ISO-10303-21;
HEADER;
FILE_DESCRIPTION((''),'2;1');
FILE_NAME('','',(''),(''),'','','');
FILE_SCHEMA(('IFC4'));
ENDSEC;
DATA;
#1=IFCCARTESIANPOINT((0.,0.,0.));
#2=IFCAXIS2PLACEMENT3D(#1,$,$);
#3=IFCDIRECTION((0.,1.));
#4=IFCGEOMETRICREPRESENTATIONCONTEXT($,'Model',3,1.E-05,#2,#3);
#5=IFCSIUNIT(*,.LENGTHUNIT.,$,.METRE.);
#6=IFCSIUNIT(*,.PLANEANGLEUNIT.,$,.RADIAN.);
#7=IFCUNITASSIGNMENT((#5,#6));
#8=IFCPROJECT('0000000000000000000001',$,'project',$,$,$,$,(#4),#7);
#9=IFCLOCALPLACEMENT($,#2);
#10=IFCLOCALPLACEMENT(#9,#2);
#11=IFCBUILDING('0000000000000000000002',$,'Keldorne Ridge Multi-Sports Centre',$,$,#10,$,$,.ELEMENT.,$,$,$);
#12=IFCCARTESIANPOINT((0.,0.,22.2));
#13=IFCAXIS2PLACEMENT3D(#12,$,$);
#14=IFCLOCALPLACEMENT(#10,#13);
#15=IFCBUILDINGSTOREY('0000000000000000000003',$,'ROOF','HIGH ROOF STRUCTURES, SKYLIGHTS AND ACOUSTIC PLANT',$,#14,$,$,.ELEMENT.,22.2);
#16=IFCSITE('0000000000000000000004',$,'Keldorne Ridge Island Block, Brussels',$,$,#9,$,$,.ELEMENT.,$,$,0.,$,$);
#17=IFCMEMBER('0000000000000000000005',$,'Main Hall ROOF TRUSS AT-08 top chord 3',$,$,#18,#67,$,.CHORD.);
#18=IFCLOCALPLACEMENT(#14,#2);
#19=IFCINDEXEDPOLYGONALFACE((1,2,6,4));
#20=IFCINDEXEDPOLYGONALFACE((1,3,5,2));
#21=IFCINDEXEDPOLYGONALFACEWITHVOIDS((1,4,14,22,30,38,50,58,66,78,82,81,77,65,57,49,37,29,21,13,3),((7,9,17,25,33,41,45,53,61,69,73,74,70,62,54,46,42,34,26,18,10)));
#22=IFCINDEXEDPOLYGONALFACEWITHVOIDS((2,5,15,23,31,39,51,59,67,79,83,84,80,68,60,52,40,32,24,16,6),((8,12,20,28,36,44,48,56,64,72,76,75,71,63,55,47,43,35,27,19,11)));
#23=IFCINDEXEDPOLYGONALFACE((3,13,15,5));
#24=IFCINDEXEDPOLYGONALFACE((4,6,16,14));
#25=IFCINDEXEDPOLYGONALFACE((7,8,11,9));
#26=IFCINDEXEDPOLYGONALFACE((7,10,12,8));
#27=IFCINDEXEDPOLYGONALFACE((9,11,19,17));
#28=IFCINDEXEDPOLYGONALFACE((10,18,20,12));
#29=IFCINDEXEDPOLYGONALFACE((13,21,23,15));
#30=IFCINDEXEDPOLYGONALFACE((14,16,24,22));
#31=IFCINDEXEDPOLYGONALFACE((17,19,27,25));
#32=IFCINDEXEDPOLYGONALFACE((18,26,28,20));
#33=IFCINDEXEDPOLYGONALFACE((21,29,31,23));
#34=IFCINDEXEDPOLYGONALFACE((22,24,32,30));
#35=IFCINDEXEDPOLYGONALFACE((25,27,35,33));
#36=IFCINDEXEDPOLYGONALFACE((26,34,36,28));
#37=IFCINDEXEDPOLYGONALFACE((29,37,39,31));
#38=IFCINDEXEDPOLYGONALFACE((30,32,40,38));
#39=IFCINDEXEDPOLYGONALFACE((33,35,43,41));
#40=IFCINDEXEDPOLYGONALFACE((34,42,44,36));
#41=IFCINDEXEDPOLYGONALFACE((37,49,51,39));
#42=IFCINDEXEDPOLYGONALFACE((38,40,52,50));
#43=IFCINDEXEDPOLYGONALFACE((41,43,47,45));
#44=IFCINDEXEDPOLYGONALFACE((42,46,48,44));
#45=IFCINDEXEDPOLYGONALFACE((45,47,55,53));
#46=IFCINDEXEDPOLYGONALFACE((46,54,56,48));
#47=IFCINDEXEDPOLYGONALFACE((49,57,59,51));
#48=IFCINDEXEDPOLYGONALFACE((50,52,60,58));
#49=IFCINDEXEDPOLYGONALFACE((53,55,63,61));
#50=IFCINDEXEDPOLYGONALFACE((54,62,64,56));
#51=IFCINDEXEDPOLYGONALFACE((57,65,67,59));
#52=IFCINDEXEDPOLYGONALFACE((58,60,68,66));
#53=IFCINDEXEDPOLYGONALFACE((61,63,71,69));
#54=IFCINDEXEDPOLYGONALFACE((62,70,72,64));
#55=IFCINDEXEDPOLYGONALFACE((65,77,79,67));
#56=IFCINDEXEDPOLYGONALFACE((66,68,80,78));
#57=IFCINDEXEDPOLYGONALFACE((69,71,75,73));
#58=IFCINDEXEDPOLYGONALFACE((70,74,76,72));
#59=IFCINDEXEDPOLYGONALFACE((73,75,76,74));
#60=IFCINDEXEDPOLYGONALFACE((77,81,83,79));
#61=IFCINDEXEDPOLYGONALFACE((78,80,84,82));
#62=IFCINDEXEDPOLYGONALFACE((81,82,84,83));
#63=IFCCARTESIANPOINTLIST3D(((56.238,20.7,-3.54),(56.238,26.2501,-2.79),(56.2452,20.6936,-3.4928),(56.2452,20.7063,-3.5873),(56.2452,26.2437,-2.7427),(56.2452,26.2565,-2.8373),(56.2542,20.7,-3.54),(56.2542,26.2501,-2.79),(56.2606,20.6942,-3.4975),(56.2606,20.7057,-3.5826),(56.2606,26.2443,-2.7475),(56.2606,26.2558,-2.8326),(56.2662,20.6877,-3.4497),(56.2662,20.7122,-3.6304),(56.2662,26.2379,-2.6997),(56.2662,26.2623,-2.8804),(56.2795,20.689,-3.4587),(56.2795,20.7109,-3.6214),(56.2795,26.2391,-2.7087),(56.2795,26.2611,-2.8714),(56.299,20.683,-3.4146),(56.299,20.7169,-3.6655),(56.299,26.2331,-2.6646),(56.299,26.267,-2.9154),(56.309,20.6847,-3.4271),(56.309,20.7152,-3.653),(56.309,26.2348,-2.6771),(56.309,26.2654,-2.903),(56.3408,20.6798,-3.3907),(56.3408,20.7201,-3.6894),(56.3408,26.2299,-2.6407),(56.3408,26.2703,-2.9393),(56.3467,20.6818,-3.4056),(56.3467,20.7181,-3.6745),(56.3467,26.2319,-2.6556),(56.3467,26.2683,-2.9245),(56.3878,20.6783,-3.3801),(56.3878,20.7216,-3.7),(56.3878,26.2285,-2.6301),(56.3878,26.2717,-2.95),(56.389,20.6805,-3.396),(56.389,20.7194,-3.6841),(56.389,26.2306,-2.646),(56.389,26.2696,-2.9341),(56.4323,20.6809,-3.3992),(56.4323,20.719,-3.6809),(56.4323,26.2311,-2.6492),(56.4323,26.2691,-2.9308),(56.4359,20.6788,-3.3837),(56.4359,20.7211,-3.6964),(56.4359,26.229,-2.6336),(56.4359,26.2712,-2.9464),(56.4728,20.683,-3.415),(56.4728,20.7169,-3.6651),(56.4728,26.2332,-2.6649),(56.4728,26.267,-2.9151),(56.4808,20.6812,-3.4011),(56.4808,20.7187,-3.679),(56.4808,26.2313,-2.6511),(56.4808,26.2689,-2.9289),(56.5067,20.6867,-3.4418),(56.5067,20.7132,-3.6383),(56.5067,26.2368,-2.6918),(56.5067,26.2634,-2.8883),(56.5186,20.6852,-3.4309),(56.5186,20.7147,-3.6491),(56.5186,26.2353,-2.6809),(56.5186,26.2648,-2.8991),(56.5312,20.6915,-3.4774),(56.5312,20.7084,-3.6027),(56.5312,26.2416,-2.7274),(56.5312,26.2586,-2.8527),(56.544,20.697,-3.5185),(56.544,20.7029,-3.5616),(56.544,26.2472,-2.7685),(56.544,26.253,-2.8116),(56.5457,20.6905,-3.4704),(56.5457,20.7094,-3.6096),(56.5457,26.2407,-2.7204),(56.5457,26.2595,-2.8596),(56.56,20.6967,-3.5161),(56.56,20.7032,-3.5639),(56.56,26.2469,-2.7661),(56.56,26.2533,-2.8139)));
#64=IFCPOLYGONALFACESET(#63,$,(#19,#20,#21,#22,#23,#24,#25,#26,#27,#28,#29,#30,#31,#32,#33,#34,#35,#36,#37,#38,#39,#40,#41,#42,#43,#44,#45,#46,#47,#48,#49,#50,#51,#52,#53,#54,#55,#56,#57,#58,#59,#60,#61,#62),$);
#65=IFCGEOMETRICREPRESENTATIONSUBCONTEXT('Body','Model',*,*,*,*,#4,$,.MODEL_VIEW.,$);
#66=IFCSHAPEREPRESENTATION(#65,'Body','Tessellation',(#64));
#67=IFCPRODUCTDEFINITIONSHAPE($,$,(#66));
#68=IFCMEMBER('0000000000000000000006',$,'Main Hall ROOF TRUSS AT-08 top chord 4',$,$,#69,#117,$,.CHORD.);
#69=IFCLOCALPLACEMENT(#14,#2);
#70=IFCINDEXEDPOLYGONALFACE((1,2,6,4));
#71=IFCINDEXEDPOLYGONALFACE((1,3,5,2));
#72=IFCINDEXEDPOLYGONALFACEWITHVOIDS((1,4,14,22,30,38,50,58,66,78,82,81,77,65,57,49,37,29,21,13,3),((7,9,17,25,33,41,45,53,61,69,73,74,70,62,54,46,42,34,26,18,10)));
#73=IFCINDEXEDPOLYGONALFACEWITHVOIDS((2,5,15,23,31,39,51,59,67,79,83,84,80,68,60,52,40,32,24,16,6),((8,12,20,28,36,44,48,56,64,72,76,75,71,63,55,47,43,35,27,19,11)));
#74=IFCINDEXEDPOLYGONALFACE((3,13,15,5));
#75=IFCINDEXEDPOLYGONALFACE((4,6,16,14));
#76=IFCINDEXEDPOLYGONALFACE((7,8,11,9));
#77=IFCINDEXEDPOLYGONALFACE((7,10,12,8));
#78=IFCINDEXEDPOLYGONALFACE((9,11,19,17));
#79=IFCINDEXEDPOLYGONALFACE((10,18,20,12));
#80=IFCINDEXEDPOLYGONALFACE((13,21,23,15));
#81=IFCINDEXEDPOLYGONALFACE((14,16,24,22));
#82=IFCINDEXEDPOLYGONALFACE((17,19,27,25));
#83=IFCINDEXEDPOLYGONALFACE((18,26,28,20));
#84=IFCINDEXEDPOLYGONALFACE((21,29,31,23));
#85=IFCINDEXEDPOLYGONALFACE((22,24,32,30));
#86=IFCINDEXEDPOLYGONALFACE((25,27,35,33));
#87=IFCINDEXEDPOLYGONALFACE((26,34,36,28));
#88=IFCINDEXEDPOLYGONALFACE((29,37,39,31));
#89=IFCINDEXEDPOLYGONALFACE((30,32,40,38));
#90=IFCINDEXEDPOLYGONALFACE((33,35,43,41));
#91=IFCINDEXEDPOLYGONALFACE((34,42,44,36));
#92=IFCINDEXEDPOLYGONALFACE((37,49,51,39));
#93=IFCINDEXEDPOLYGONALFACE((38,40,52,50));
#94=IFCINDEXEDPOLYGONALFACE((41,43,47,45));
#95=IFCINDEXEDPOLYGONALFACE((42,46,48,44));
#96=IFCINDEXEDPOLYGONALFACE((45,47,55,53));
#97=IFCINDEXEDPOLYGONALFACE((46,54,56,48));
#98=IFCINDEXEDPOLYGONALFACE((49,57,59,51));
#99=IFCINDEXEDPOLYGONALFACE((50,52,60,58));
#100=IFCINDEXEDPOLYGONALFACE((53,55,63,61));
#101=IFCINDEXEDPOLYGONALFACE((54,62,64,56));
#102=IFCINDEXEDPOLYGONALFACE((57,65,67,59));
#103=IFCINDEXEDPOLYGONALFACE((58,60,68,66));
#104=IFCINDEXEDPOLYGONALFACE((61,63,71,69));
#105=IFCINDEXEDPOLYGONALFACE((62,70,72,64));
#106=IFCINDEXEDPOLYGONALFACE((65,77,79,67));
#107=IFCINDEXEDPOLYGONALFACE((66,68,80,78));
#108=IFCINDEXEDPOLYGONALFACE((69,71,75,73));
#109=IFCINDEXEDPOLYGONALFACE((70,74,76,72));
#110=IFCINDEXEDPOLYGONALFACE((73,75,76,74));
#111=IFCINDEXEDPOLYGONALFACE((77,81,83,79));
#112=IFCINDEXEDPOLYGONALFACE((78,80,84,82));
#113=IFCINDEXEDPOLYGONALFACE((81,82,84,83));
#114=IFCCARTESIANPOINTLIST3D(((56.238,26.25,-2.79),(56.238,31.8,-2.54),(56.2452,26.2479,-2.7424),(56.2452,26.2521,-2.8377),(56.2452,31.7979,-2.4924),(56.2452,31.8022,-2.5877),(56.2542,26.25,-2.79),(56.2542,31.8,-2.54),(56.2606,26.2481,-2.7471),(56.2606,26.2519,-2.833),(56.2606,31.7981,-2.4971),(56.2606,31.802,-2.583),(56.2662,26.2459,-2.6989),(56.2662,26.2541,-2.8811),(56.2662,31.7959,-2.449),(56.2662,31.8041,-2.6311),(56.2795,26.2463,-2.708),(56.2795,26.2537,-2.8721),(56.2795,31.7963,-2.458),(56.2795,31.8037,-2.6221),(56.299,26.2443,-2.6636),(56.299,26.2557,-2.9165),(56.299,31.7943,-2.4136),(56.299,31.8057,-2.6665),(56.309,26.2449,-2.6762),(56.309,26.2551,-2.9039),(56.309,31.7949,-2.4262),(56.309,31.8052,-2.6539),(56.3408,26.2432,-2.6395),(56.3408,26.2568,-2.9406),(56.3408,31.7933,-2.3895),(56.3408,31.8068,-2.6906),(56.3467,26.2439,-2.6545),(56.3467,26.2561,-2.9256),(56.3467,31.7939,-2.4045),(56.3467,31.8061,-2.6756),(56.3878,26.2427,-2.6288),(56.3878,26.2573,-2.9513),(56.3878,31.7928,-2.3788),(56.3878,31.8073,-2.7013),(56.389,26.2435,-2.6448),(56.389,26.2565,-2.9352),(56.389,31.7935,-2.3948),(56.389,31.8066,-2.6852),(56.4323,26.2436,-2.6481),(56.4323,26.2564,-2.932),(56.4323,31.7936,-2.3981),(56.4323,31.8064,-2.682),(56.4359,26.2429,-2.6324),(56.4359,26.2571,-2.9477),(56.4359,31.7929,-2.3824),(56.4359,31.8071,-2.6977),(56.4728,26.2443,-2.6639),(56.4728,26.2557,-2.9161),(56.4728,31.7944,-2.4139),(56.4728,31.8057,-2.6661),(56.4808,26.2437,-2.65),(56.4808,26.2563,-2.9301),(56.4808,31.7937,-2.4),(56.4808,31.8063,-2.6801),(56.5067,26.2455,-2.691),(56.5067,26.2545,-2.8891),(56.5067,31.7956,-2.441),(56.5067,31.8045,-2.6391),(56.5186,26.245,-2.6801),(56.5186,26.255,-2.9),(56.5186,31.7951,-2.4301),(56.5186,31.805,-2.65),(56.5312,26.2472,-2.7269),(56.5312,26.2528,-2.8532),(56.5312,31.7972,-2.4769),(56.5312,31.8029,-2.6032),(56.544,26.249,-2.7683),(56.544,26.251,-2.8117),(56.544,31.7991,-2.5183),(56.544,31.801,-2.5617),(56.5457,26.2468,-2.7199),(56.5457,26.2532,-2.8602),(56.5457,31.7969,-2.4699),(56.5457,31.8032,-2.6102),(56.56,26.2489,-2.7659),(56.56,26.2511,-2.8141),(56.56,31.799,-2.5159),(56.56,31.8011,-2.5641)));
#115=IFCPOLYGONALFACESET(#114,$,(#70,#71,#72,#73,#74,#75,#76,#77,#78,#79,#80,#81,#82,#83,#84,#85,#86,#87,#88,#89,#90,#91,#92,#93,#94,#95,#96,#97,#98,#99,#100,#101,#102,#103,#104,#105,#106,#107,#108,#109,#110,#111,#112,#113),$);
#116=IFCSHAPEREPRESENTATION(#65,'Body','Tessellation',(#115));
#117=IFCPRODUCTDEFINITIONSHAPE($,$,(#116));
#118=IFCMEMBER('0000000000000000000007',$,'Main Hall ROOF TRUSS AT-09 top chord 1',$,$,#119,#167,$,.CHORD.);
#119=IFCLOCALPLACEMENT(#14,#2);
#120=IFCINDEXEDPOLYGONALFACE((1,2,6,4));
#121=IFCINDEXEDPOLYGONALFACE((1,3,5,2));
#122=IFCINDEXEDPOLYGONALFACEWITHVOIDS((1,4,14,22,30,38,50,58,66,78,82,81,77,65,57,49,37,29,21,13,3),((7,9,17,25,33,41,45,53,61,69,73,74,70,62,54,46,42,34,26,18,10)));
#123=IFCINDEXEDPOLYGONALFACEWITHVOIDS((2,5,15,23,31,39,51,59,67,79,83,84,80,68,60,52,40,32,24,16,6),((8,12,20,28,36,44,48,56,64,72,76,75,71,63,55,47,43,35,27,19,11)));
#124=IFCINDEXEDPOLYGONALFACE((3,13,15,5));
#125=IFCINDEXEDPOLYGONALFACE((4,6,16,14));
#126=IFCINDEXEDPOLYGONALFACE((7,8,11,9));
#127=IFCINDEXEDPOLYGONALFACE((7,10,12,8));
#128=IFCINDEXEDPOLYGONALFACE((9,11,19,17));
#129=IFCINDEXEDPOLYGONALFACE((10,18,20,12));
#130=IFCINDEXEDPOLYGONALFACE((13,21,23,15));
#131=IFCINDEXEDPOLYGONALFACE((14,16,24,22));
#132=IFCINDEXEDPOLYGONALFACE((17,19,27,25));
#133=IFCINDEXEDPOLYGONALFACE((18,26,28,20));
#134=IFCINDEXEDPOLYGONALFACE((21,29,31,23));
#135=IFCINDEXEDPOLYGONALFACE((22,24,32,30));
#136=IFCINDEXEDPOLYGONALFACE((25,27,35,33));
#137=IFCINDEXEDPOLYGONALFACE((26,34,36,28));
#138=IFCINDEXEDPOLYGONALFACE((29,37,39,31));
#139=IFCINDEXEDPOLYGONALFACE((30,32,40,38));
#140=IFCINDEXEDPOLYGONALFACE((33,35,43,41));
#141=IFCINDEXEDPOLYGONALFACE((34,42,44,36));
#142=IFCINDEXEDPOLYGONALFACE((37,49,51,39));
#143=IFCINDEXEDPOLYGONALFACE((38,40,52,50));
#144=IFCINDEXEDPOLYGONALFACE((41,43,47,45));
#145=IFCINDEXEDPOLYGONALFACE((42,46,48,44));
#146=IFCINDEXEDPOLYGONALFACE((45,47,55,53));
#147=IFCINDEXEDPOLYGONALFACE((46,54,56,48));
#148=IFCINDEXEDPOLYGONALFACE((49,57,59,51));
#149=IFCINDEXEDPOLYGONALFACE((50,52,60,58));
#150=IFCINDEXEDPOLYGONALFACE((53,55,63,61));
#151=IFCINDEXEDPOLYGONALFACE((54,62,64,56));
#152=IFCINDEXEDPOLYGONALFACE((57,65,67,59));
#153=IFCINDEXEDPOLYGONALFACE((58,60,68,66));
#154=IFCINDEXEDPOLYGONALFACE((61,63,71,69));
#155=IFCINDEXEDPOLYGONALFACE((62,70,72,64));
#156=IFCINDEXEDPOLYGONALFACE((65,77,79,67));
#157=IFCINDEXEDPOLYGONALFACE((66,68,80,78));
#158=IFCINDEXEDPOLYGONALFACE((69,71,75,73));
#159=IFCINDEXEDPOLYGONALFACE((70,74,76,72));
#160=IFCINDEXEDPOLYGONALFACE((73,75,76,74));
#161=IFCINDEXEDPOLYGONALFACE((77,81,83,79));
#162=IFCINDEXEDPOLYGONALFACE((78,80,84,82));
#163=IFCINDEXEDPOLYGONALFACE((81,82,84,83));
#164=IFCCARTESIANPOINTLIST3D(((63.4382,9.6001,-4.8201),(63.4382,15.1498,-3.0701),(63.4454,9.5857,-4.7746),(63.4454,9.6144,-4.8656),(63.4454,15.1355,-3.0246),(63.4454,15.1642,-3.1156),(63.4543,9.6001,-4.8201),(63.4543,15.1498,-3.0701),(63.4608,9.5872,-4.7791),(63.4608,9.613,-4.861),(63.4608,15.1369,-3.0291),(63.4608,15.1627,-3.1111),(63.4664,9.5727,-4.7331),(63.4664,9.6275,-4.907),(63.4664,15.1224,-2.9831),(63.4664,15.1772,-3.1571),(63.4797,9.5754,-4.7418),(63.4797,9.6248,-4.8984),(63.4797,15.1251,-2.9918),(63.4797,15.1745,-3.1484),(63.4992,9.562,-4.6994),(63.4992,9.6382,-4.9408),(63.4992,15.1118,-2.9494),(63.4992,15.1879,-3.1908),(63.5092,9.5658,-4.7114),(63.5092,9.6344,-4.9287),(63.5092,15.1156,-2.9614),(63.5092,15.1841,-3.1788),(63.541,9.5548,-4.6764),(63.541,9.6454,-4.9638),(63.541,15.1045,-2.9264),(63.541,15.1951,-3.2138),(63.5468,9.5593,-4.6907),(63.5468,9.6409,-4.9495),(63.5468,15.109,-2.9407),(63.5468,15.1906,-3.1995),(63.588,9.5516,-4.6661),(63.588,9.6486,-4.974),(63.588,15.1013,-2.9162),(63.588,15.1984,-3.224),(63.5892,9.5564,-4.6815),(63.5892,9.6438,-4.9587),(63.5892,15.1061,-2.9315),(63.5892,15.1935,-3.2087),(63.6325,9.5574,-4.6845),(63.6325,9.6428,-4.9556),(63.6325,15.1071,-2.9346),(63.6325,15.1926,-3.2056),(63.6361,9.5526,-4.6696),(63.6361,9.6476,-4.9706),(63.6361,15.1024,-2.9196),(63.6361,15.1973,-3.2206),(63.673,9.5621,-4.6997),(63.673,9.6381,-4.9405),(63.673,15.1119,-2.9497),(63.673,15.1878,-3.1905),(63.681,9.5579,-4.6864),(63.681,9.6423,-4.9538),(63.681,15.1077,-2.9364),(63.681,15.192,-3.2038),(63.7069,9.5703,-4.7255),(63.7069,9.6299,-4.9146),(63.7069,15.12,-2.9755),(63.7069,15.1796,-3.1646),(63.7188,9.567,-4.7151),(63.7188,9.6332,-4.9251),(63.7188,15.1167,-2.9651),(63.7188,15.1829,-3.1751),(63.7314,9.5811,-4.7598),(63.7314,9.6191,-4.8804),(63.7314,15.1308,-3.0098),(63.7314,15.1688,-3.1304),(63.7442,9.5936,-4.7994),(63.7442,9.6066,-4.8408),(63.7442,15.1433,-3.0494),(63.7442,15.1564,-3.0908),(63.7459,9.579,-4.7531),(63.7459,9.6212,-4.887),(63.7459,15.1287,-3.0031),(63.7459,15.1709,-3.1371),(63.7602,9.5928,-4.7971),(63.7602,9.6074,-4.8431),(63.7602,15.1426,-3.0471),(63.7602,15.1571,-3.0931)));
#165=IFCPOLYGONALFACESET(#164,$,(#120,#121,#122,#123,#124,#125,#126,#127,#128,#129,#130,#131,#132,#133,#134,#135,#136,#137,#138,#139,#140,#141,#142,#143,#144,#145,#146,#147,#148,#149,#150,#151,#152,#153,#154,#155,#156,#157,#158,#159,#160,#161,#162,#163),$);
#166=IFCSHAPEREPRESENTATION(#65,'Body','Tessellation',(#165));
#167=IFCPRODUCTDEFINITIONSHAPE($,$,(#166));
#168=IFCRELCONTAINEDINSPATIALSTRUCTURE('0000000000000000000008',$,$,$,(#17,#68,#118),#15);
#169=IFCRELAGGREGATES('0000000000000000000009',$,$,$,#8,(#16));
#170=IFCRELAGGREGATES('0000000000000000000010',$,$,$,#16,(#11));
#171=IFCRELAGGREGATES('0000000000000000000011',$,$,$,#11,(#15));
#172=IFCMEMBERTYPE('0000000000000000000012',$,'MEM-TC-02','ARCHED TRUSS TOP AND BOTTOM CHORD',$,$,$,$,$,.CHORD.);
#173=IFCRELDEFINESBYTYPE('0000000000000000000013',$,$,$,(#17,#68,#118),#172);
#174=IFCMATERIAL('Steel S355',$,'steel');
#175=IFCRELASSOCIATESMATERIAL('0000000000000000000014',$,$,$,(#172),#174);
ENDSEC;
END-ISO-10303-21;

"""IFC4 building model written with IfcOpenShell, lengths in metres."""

from ifc_helpers import new_model, si_unit, direction, frame, origin, origin_2d, place, context, subcontext, project, spatial, hollow_circle, extrude, material, material_profile, profile_set, type_object, element, save


model = new_model("IFC4")

# Units and contexts
model_context = context("Model", 3, precision=1e-05, world=origin(), true_north=direction((0.0, 1.0)))
body_context = subcontext(model_context, "Body", "Model", "MODEL_VIEW")
ifc_project = project(units=[si_unit("LENGTHUNIT", "METRE"), si_unit("PLANEANGLEUNIT", "RADIAN")], contexts=[model_context])

# Site, building, storey
site_placement = place(None, origin())
site = spatial("IfcSite", under=ifc_project, at=site_placement, Name="Keldorne Ridge Island Block, Brussels", CompositionType="ELEMENT", RefElevation=0.0)
building_placement = place(site_placement, origin())
building = spatial("IfcBuilding", under=site, at=building_placement, Name="Keldorne Ridge Multi-Sports Centre", CompositionType="ELEMENT")
storey_placement = place(building_placement, frame((0.0, 0.0, 22.2)))
storey = spatial("IfcBuildingStorey", under=building, at=storey_placement, Name="ROOF", Description="HIGH ROOF STRUCTURES, SKYLIGHTS AND ACOUSTIC PLANT", CompositionType="ELEMENT", Elevation=22.2)

# Members
ifc_material = material(Name="Steel S355", Category="steel")
ifc_material_profile_1 = material_profile(ifc_material, hollow_circle(Radius=0.1619, WallThickness=0.0161, at=origin_2d()), Name="CHS 323.9x16")
ifc_profile_set_1 = profile_set([ifc_material_profile_1], Name="Steel S355")
member_type_1 = type_object("IfcMemberType", Name="MEM-TC-02", Description="ARCHED TRUSS TOP AND BOTTOM CHORD", PredefinedType="CHORD", material=ifc_profile_set_1)
member_1_placement = place(storey_placement, frame((56.3999, 20.7, -3.54), z_axis=(0.0, 0.990993, 0.133917), x_axis=(-1.0, 0.0, 0.0)))
element("IfcMember", 1, at=member_1_placement, inside=storey, type_object=member_type_1, Name="Main Hall ROOF TRUSS AT-08 top chord 3", PredefinedType="CHORD", context=body_context, shape_type="SweptSolid", body=[
    extrude(hollow_circle(Radius=0.1619, WallThickness=0.0161, at=origin_2d()), origin(), (0.0, 0.0, 1.0), 5.6006),
])
member_2_placement = place(storey_placement, frame((56.3999, 26.25, -2.79), z_axis=(0.0, 0.998987, 0.044999), x_axis=(-1.0, 0.0, 0.0)))
element("IfcMember", 2, at=member_2_placement, inside=storey, type_object=member_type_1, Name="Main Hall ROOF TRUSS AT-08 top chord 4", PredefinedType="CHORD", context=body_context, shape_type="SweptSolid", body=[
    extrude(hollow_circle(Radius=0.1619, WallThickness=0.0161, at=origin_2d()), origin(), (0.0, 0.0, 1.0), 5.5557),
])
member_3_placement = place(storey_placement, frame((63.6001, 9.6001, -4.8201), z_axis=(0.0, 0.953709, 0.30073), x_axis=(-1.0, 0.0, 0.0)))
element("IfcMember", 3, at=member_3_placement, inside=storey, type_object=member_type_1, Name="Main Hall ROOF TRUSS AT-09 top chord 1", PredefinedType="CHORD", context=body_context, shape_type="SweptSolid", body=[
    extrude(hollow_circle(Radius=0.1619, WallThickness=0.0161, at=origin_2d()), origin(), (0.0, 0.0, 1.0), 5.8191),
])

save(model, "model.ifc")
